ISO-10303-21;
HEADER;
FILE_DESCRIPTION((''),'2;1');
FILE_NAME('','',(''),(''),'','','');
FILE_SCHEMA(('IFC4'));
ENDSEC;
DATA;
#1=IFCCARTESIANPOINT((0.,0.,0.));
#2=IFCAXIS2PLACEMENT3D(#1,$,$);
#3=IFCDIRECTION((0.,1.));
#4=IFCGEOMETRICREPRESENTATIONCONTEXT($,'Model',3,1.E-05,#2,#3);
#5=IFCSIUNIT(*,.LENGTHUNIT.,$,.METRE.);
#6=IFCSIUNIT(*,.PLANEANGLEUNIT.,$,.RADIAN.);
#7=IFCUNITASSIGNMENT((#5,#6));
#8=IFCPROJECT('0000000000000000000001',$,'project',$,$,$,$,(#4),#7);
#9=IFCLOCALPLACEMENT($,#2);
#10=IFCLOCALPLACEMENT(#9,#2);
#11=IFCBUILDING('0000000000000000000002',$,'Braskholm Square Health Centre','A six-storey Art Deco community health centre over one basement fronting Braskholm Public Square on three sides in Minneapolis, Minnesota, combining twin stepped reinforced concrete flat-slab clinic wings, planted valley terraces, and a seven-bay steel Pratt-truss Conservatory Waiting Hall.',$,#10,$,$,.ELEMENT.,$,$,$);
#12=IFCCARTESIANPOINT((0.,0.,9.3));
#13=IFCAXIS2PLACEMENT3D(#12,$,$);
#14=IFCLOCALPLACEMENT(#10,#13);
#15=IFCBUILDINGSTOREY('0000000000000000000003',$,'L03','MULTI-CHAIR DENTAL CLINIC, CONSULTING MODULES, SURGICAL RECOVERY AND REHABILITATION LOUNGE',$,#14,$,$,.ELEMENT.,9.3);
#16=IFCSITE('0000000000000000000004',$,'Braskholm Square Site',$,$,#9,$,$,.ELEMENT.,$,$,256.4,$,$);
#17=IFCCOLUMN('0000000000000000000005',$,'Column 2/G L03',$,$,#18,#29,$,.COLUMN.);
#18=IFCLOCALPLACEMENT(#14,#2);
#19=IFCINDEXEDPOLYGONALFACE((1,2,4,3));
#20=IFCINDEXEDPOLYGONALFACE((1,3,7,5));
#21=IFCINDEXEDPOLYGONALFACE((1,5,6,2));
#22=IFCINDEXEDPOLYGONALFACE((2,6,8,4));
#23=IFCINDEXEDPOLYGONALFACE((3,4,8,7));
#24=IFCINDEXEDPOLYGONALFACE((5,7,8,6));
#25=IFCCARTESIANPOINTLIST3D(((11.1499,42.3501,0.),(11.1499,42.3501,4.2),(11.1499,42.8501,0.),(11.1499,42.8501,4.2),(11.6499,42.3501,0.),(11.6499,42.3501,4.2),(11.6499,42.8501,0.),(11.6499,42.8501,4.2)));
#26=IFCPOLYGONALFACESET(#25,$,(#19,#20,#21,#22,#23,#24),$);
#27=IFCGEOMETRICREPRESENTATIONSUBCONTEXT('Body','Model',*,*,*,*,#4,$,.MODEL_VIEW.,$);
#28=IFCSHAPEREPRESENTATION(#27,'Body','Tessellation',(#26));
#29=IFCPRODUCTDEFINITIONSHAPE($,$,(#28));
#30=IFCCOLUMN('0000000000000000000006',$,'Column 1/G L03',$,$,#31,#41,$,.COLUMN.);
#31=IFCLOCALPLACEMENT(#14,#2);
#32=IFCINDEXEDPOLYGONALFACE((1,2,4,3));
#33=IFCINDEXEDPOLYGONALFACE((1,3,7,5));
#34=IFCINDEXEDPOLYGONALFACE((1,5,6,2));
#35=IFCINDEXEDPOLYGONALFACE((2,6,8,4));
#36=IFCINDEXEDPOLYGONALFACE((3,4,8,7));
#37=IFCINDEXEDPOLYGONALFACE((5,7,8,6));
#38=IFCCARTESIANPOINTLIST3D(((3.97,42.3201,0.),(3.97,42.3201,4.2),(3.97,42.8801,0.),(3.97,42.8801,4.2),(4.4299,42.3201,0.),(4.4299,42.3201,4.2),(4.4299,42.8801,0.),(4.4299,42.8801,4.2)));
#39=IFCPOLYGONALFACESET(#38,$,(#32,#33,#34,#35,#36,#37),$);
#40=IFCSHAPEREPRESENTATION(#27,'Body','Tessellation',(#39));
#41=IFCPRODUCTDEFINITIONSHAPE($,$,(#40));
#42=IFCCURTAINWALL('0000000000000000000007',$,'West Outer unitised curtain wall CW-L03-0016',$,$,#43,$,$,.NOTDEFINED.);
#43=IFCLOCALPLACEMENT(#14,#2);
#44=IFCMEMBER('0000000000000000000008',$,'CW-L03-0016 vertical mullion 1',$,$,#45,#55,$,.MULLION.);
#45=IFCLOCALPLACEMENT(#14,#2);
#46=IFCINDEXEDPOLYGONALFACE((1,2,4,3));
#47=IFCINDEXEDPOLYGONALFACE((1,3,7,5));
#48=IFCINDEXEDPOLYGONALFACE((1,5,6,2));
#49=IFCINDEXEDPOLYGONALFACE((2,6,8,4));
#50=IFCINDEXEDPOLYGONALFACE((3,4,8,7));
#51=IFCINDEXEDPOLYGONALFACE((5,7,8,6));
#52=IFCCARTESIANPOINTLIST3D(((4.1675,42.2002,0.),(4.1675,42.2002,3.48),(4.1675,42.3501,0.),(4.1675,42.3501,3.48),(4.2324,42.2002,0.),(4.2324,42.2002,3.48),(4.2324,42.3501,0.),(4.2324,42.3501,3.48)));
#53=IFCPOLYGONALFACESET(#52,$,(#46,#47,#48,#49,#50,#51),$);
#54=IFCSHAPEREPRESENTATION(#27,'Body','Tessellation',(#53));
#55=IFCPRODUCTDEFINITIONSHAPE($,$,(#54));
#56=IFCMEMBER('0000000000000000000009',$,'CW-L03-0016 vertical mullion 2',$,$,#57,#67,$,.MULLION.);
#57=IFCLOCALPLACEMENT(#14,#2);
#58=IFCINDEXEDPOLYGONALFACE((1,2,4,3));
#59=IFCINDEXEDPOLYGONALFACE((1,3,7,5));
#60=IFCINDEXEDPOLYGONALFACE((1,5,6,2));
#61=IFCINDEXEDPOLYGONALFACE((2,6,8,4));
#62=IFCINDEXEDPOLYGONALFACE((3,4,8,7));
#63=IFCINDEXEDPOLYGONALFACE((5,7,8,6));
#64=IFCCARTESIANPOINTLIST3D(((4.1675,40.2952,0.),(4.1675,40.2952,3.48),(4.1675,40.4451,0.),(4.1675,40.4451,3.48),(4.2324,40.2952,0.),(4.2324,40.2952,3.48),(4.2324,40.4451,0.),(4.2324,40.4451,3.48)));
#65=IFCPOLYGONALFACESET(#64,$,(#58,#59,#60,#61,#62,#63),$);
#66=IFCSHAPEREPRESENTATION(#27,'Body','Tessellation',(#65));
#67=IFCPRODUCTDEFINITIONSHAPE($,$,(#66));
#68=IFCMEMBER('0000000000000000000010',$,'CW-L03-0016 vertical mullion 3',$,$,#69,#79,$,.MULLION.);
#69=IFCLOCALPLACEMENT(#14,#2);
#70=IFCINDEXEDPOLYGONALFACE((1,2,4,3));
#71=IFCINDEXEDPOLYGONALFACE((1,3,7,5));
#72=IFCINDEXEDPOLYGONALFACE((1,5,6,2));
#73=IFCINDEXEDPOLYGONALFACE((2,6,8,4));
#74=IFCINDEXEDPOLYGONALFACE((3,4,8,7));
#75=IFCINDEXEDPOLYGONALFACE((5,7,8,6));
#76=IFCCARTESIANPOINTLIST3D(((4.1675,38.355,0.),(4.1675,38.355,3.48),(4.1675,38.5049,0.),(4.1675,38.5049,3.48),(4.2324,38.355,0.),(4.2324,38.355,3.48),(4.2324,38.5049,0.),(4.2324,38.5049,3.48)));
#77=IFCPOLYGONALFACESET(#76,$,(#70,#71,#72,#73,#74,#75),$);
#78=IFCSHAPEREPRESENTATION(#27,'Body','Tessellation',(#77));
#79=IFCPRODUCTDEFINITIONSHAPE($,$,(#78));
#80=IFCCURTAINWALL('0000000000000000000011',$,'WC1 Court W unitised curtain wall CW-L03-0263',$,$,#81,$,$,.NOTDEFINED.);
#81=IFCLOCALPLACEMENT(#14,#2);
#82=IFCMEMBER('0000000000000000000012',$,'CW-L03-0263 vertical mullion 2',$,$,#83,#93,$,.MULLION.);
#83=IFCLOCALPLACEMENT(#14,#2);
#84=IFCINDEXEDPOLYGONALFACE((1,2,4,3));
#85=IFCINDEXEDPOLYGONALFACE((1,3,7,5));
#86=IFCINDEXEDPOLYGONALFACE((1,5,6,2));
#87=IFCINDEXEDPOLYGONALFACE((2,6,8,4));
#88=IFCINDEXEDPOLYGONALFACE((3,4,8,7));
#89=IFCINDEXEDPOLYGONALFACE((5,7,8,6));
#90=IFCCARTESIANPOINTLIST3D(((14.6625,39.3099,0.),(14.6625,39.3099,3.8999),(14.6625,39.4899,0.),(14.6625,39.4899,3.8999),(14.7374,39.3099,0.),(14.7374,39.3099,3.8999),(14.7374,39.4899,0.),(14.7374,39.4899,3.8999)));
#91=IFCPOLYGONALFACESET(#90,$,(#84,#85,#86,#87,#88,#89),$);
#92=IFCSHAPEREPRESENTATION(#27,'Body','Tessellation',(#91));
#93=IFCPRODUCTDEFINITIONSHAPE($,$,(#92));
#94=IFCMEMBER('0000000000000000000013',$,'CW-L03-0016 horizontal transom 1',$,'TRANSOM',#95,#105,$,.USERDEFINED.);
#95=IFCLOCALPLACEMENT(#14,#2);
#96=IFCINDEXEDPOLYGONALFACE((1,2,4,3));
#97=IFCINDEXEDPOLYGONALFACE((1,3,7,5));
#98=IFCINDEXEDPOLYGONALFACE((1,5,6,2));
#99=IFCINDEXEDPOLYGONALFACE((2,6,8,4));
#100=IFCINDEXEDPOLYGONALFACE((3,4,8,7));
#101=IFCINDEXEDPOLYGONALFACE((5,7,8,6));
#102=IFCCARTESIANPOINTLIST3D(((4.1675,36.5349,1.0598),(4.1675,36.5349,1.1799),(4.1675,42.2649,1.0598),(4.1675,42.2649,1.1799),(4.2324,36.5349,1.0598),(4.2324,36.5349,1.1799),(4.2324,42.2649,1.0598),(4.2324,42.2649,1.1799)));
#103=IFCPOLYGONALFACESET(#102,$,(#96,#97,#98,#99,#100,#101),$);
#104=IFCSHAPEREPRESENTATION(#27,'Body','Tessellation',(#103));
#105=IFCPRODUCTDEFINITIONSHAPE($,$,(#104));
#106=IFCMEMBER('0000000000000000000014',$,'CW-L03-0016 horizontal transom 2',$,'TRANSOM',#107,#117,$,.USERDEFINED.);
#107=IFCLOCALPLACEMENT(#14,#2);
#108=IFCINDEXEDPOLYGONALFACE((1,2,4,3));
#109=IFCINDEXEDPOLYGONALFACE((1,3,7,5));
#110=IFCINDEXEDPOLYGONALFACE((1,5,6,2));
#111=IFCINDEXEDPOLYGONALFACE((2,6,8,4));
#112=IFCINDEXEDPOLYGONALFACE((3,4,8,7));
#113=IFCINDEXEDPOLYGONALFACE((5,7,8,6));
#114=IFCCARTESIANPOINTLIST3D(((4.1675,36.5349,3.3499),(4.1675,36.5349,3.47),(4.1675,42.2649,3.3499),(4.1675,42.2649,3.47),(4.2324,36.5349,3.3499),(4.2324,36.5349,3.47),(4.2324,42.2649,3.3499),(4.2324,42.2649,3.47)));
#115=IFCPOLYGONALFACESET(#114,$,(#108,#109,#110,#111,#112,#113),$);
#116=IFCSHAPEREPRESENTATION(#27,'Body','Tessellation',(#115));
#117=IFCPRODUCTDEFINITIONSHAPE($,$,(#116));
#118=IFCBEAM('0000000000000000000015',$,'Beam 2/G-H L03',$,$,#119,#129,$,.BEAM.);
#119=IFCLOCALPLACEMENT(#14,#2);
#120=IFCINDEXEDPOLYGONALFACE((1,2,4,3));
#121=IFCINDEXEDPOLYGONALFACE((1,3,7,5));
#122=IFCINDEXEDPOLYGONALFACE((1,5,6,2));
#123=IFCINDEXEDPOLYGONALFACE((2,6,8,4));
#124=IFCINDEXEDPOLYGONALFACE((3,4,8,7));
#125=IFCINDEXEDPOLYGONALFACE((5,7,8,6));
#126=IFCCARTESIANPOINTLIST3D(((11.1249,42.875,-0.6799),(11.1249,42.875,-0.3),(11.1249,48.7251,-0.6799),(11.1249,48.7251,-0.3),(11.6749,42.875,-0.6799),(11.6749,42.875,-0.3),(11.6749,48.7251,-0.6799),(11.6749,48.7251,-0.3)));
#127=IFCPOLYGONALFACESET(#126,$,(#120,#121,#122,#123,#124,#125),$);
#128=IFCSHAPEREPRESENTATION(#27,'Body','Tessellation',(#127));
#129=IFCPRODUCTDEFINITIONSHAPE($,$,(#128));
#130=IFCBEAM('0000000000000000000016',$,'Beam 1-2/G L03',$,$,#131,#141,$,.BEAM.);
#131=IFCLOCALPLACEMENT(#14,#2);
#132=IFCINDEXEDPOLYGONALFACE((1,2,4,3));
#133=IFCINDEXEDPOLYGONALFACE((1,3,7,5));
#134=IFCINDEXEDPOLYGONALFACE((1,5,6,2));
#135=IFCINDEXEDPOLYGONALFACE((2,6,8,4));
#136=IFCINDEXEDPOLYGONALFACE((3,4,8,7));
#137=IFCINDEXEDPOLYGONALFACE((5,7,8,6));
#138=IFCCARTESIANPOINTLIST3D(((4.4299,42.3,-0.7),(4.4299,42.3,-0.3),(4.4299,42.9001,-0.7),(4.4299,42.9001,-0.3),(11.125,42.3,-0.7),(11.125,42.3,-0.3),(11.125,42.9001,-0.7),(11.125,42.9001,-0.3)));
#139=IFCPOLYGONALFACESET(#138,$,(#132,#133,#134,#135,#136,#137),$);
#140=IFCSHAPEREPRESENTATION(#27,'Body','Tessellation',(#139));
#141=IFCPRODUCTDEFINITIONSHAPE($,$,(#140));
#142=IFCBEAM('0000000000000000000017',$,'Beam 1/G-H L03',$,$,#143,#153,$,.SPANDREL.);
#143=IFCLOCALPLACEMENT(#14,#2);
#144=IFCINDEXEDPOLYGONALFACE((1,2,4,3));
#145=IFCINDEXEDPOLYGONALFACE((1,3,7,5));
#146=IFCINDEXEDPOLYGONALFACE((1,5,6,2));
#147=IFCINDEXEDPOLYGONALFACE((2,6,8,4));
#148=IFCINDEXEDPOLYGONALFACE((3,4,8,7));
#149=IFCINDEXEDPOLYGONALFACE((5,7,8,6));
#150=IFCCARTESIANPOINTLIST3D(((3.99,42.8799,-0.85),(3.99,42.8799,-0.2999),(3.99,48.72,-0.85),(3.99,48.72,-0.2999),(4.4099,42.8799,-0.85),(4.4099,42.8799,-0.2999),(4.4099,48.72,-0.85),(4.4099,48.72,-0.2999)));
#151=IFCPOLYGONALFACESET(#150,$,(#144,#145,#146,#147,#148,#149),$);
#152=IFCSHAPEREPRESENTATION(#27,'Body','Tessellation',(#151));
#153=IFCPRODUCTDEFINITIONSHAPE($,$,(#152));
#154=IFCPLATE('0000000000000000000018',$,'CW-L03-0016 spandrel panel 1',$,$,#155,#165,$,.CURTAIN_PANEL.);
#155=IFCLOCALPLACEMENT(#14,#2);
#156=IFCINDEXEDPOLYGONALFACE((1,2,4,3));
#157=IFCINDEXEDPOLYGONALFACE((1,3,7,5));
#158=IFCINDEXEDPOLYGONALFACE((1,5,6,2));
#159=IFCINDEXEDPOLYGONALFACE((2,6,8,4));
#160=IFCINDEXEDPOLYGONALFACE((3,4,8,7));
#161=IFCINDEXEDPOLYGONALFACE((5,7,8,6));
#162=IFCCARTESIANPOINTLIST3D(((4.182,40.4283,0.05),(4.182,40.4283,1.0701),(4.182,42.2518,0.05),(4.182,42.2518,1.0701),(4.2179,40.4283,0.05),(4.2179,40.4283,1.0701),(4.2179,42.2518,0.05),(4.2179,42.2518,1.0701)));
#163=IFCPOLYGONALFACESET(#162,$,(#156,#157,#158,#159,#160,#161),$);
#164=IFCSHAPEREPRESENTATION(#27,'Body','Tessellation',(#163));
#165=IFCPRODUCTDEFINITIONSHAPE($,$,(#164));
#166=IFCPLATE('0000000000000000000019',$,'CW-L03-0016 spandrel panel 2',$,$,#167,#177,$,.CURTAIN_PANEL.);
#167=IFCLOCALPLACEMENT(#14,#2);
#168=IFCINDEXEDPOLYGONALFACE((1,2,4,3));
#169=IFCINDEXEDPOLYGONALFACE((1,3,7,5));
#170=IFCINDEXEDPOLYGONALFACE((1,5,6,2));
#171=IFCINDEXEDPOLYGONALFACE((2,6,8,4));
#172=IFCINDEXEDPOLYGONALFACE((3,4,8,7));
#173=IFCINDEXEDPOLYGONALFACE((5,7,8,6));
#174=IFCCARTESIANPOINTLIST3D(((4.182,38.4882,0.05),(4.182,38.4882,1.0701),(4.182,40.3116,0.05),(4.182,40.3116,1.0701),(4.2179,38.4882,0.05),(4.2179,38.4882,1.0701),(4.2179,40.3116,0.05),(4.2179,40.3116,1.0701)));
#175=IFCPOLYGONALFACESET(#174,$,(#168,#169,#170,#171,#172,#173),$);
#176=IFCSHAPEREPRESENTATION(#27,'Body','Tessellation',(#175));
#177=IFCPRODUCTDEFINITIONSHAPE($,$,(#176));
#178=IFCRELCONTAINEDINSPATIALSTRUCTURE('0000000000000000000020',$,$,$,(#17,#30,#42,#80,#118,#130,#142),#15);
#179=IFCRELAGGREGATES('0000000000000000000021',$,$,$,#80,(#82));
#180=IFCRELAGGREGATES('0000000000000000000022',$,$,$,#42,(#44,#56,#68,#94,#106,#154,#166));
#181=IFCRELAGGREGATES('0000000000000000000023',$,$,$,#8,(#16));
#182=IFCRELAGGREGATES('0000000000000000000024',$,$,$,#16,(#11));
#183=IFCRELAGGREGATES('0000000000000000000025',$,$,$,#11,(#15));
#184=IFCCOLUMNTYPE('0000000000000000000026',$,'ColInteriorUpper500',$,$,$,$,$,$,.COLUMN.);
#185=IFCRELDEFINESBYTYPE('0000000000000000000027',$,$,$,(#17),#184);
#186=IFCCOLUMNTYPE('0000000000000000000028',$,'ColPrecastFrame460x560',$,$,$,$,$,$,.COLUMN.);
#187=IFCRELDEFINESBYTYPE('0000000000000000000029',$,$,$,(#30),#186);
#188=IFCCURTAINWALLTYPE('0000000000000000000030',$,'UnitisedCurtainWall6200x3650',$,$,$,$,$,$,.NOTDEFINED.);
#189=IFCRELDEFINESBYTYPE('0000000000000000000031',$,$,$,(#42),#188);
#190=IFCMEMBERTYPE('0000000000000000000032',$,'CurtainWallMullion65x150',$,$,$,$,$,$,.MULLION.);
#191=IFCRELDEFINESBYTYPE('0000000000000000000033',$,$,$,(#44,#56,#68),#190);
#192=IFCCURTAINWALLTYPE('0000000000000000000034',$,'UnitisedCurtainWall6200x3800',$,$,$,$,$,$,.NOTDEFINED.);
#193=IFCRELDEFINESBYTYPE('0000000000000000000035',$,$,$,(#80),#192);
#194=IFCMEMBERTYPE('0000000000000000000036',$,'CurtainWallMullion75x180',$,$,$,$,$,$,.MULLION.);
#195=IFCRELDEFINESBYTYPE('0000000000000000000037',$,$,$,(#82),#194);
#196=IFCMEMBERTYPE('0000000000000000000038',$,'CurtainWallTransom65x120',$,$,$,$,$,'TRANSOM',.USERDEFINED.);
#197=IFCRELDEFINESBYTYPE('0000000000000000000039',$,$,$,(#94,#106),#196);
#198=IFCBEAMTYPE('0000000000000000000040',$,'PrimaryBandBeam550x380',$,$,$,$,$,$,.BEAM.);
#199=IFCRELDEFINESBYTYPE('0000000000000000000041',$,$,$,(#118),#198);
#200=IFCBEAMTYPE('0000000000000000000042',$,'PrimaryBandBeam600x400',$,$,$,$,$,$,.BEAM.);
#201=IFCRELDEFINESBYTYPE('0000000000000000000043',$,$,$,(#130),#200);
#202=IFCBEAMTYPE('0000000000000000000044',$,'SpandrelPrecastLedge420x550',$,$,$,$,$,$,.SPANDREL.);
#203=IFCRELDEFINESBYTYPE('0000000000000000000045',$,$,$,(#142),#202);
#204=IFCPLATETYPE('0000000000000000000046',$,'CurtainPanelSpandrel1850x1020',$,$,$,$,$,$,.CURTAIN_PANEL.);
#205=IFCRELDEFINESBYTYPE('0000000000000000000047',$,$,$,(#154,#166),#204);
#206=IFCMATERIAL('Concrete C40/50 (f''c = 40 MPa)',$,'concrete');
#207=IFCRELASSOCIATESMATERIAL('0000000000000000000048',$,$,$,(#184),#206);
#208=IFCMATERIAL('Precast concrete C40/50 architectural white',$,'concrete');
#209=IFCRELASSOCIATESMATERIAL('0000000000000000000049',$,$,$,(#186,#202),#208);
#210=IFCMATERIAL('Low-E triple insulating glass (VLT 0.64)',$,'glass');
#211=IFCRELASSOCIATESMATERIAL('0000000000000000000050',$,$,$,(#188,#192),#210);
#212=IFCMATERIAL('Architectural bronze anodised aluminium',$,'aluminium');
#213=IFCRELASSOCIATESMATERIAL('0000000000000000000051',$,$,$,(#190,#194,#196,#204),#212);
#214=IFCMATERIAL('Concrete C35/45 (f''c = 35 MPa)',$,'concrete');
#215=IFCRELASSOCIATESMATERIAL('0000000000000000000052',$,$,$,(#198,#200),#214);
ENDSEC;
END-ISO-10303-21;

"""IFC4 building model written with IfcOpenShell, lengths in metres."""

from ifc_helpers import new_model, si_unit, direction, frame, origin, origin_2d, place, context, subcontext, project, spatial, rectangle, extrude, material, material_profile, profile_set, type_object, element, aggregate, save


model = new_model("IFC4")

# Units and contexts
model_context = context("Model", 3, precision=1e-05, world=origin(), true_north=direction((0.0, 1.0)))
body_context = subcontext(model_context, "Body", "Model", "MODEL_VIEW")
ifc_project = project(units=[si_unit("LENGTHUNIT", "METRE"), si_unit("PLANEANGLEUNIT", "RADIAN")], contexts=[model_context])

# Site, building, storey
site_placement = place(None, origin())
site = spatial("IfcSite", under=ifc_project, at=site_placement, Name="Braskholm Square Site", CompositionType="ELEMENT", RefElevation=256.4)
building_placement = place(site_placement, origin())
building = spatial("IfcBuilding", under=site, at=building_placement, Name="Braskholm Square Health Centre", Description="A six-storey Art Deco community health centre over one basement fronting Braskholm Public Square on three sides in Minneapolis, Minnesota, combining twin stepped reinforced concrete flat-slab clinic wings, planted valley terraces, and a seven-bay steel Pratt-truss Conservatory Waiting Hall.", CompositionType="ELEMENT")
storey_placement = place(building_placement, frame((0.0, 0.0, 9.3)))
storey = spatial("IfcBuildingStorey", under=building, at=storey_placement, Name="L03", Description="MULTI-CHAIR DENTAL CLINIC, CONSULTING MODULES, SURGICAL RECOVERY AND REHABILITATION LOUNGE", CompositionType="ELEMENT", Elevation=9.3)

# Columns
ifc_material_1 = material(Name="Concrete C40/50 (f'c = 40 MPa)", Category="concrete")
ifc_material_profile_1 = material_profile(ifc_material_1, rectangle(XDim=0.5, YDim=0.5, at=origin_2d()), Name="RC-500X500")
ifc_profile_set_1 = profile_set([ifc_material_profile_1], Name="Concrete C40/50 (f'c = 40 MPa)")
column_type_1 = type_object("IfcColumnType", Name="ColInteriorUpper500", PredefinedType="COLUMN", material=ifc_profile_set_1)
column_1_placement = place(storey_placement, frame((11.3999, 42.6001, 0.0), z_axis=(0.0, 0.0, 1.0), x_axis=(1.0, 0.0, 0.0)))
element("IfcColumn", 1, at=column_1_placement, inside=storey, type_object=column_type_1, Name="Column 2/G L03", PredefinedType="COLUMN", context=body_context, shape_type="SweptSolid", body=[
    extrude(rectangle(XDim=0.5, YDim=0.5, at=origin_2d()), origin(), (0.0, 0.0, 1.0), 4.2),
])
ifc_material_2 = material(Name="Precast concrete C40/50 architectural white", Category="concrete")
ifc_material_profile_2 = material_profile(ifc_material_2, rectangle(XDim=0.46, YDim=0.5601, at=origin_2d()), Name="RC-460X560")
ifc_profile_set_2 = profile_set([ifc_material_profile_2], Name="Precast concrete C40/50 architectural white")
column_type_2 = type_object("IfcColumnType", Name="ColPrecastFrame460x560", PredefinedType="COLUMN", material=ifc_profile_set_2)
column_2_placement = place(storey_placement, frame((4.2, 42.6001, 0.0), z_axis=(0.0, 0.0, 1.0), x_axis=(1.0, 0.0, 0.0)))
element("IfcColumn", 2, at=column_2_placement, inside=storey, type_object=column_type_2, Name="Column 1/G L03", PredefinedType="COLUMN", context=body_context, shape_type="SweptSolid", body=[
    extrude(rectangle(XDim=0.46, YDim=0.5601, at=origin_2d()), origin(), (0.0, 0.0, 1.0), 4.2),
])

# Curtain wall, members
ifc_material_3 = material(Name="Low-E triple insulating glass (VLT 0.64)", Category="glass")
curtain_wall_type_1 = type_object("IfcCurtainWallType", Name="UnitisedCurtainWall6200x3650", PredefinedType="NOTDEFINED", material=ifc_material_3)
curtain_wall_1_placement = place(storey_placement, origin())
curtain_wall_1 = element("IfcCurtainWall", 3, at=curtain_wall_1_placement, inside=storey, type_object=curtain_wall_type_1, Name="West Outer unitised curtain wall CW-L03-0016", PredefinedType="NOTDEFINED")
ifc_material_4 = material(Name="Architectural bronze anodised aluminium", Category="aluminium")
ifc_material_profile_3 = material_profile(ifc_material_4, rectangle(XDim=0.0649, YDim=0.1499, at=origin_2d()), Name="ALU-65X150")
ifc_profile_set_3 = profile_set([ifc_material_profile_3], Name="Architectural bronze anodised aluminium")
member_type_1 = type_object("IfcMemberType", Name="CurtainWallMullion65x150", PredefinedType="MULLION", material=ifc_profile_set_3)
member_1_placement = place(storey_placement, frame((4.2, 42.2751, 0.0), z_axis=(0.0, 0.0, 1.0), x_axis=(1.0, 0.0, 0.0)))
member_1 = element("IfcMember", 4, at=member_1_placement, type_object=member_type_1, Name="CW-L03-0016 vertical mullion 1", PredefinedType="MULLION", context=body_context, shape_type="SweptSolid", body=[
    extrude(rectangle(XDim=0.0649, YDim=0.1499, at=origin_2d()), origin(), (0.0, 0.0, 1.0), 3.48),
])
member_2_placement = place(storey_placement, frame((4.2, 40.3701, 0.0), z_axis=(0.0, 0.0, 1.0), x_axis=(1.0, 0.0, 0.0)))
member_2 = element("IfcMember", 5, at=member_2_placement, type_object=member_type_1, Name="CW-L03-0016 vertical mullion 2", PredefinedType="MULLION", context=body_context, shape_type="SweptSolid", body=[
    extrude(rectangle(XDim=0.0649, YDim=0.1499, at=origin_2d()), origin(), (0.0, 0.0, 1.0), 3.48),
])
member_3_placement = place(storey_placement, frame((4.2, 38.4299, 0.0), z_axis=(0.0, 0.0, 1.0), x_axis=(1.0, 0.0, 0.0)))
member_3 = element("IfcMember", 6, at=member_3_placement, type_object=member_type_1, Name="CW-L03-0016 vertical mullion 3", PredefinedType="MULLION", context=body_context, shape_type="SweptSolid", body=[
    extrude(rectangle(XDim=0.0649, YDim=0.1499, at=origin_2d()), origin(), (0.0, 0.0, 1.0), 3.48),
])

# Curtain wall, member
curtain_wall_type_2 = type_object("IfcCurtainWallType", Name="UnitisedCurtainWall6200x3800", PredefinedType="NOTDEFINED", material=ifc_material_3)
curtain_wall_2_placement = place(storey_placement, origin())
curtain_wall_2 = element("IfcCurtainWall", 7, at=curtain_wall_2_placement, inside=storey, type_object=curtain_wall_type_2, Name="WC1 Court W unitised curtain wall CW-L03-0263", PredefinedType="NOTDEFINED")
ifc_material_profile_4 = material_profile(ifc_material_4, rectangle(XDim=0.075, YDim=0.1799, at=origin_2d()), Name="ALU-75X180")
ifc_profile_set_4 = profile_set([ifc_material_profile_4], Name="Architectural bronze anodised aluminium")
member_type_2 = type_object("IfcMemberType", Name="CurtainWallMullion75x180", PredefinedType="MULLION", material=ifc_profile_set_4)
member_4_placement = place(storey_placement, frame((14.7, 39.3999, 0.0), z_axis=(0.0, 0.0, 1.0), x_axis=(1.0, 0.0, 0.0)))
member_4 = element("IfcMember", 8, at=member_4_placement, type_object=member_type_2, Name="CW-L03-0263 vertical mullion 2", PredefinedType="MULLION", context=body_context, shape_type="SweptSolid", body=[
    extrude(rectangle(XDim=0.075, YDim=0.1799, at=origin_2d()), origin(), (0.0, 0.0, 1.0), 3.8999),
])
aggregate(curtain_wall_2, [member_4])

# Members
ifc_material_profile_5 = material_profile(ifc_material_4, rectangle(XDim=0.0649, YDim=0.1201, at=origin_2d()), Name="ALU-65X120")
ifc_profile_set_5 = profile_set([ifc_material_profile_5], Name="Architectural bronze anodised aluminium")
member_type_3 = type_object("IfcMemberType", Name="CurtainWallTransom65x120", ElementType="TRANSOM", PredefinedType="USERDEFINED", material=ifc_profile_set_5)
member_5_placement = place(storey_placement, frame((4.2, 42.2649, 1.1199), z_axis=(0.0, -1.0, 0.0), x_axis=(1.0, 0.0, 0.0)))
member_5 = element("IfcMember", 9, at=member_5_placement, type_object=member_type_3, Name="CW-L03-0016 horizontal transom 1", ObjectType="TRANSOM", PredefinedType="USERDEFINED", context=body_context, shape_type="SweptSolid", body=[
    extrude(rectangle(XDim=0.0649, YDim=0.1201, at=origin_2d()), origin(), (0.0, 0.0, 1.0), 5.73),
])
member_6_placement = place(storey_placement, frame((4.2, 42.2649, 3.4099), z_axis=(0.0, -1.0, 0.0), x_axis=(1.0, 0.0, 0.0)))
member_6 = element("IfcMember", 10, at=member_6_placement, type_object=member_type_3, Name="CW-L03-0016 horizontal transom 2", ObjectType="TRANSOM", PredefinedType="USERDEFINED", context=body_context, shape_type="SweptSolid", body=[
    extrude(rectangle(XDim=0.0649, YDim=0.1201, at=origin_2d()), origin(), (0.0, 0.0, 1.0), 5.73),
])

# Beams
ifc_material_5 = material(Name="Concrete C35/45 (f'c = 35 MPa)", Category="concrete")
ifc_material_profile_6 = material_profile(ifc_material_5, rectangle(XDim=0.55, YDim=0.3799, at=origin_2d()), Name="RCB-550X380")
ifc_profile_set_6 = profile_set([ifc_material_profile_6], Name="Concrete C35/45 (f'c = 35 MPa)")
beam_type_1 = type_object("IfcBeamType", Name="PrimaryBandBeam550x380", PredefinedType="BEAM", material=ifc_profile_set_6)
beam_1_placement = place(storey_placement, frame((11.3999, 42.875, -0.49), z_axis=(0.0, 1.0, 0.0), x_axis=(-1.0, 0.0, 0.0)))
element("IfcBeam", 11, at=beam_1_placement, inside=storey, type_object=beam_type_1, Name="Beam 2/G-H L03", PredefinedType="BEAM", context=body_context, shape_type="SweptSolid", body=[
    extrude(rectangle(XDim=0.55, YDim=0.3799, at=origin_2d()), origin(), (0.0, 0.0, 1.0), 5.8501),
])
ifc_material_profile_7 = material_profile(ifc_material_5, rectangle(XDim=0.6001, YDim=0.3999, at=origin_2d()), Name="RCB-600X400")
ifc_profile_set_7 = profile_set([ifc_material_profile_7], Name="Concrete C35/45 (f'c = 35 MPa)")
beam_type_2 = type_object("IfcBeamType", Name="PrimaryBandBeam600x400", PredefinedType="BEAM", material=ifc_profile_set_7)
beam_2_placement = place(storey_placement, frame((4.4299, 42.6001, -0.5), z_axis=(1.0, 0.0, 0.0), x_axis=(0.0, 1.0, 0.0)))
element("IfcBeam", 12, at=beam_2_placement, inside=storey, type_object=beam_type_2, Name="Beam 1-2/G L03", PredefinedType="BEAM", context=body_context, shape_type="SweptSolid", body=[
    extrude(rectangle(XDim=0.6001, YDim=0.3999, at=origin_2d()), origin(), (0.0, 0.0, 1.0), 6.6951),
])
ifc_material_profile_8 = material_profile(ifc_material_2, rectangle(XDim=0.4199, YDim=0.55, at=origin_2d()), Name="RCB-420X550")
ifc_profile_set_8 = profile_set([ifc_material_profile_8], Name="Precast concrete C40/50 architectural white")
beam_type_3 = type_object("IfcBeamType", Name="SpandrelPrecastLedge420x550", PredefinedType="SPANDREL", material=ifc_profile_set_8)
beam_3_placement = place(storey_placement, frame((4.2, 42.8799, -0.575), z_axis=(0.0, 1.0, 0.0), x_axis=(-1.0, 0.0, 0.0)))
element("IfcBeam", 13, at=beam_3_placement, inside=storey, type_object=beam_type_3, Name="Beam 1/G-H L03", PredefinedType="SPANDREL", context=body_context, shape_type="SweptSolid", body=[
    extrude(rectangle(XDim=0.4199, YDim=0.55, at=origin_2d()), origin(), (0.0, 0.0, 1.0), 5.8401),
])

# Plates
plate_type_1 = type_object("IfcPlateType", Name="CurtainPanelSpandrel1850x1020", PredefinedType="CURTAIN_PANEL", material=ifc_material_4)
plate_1_placement = place(storey_placement, frame((4.2, 41.3401, 0.05), z_axis=(0.0, 0.0, 1.0), x_axis=(0.0, -1.0, 0.0)))
plate_1 = element("IfcPlate", 14, at=plate_1_placement, type_object=plate_type_1, Name="CW-L03-0016 spandrel panel 1", PredefinedType="CURTAIN_PANEL", context=body_context, shape_type="SweptSolid", body=[
    extrude(rectangle(XDim=1.8235, YDim=0.0359, at=origin_2d()), origin(), (0.0, 0.0, 1.0), 1.02),
])
plate_2_placement = place(storey_placement, frame((4.2, 39.3999, 0.05), z_axis=(0.0, 0.0, 1.0), x_axis=(0.0, -1.0, 0.0)))
plate_2 = element("IfcPlate", 15, at=plate_2_placement, type_object=plate_type_1, Name="CW-L03-0016 spandrel panel 2", PredefinedType="CURTAIN_PANEL", context=body_context, shape_type="SweptSolid", body=[
    extrude(rectangle(XDim=1.8235, YDim=0.0359, at=origin_2d()), origin(), (0.0, 0.0, 1.0), 1.02),
])
aggregate(curtain_wall_1, [member_1, member_2, member_3, member_5, member_6, plate_1, plate_2])

save(model, "model.ifc")
